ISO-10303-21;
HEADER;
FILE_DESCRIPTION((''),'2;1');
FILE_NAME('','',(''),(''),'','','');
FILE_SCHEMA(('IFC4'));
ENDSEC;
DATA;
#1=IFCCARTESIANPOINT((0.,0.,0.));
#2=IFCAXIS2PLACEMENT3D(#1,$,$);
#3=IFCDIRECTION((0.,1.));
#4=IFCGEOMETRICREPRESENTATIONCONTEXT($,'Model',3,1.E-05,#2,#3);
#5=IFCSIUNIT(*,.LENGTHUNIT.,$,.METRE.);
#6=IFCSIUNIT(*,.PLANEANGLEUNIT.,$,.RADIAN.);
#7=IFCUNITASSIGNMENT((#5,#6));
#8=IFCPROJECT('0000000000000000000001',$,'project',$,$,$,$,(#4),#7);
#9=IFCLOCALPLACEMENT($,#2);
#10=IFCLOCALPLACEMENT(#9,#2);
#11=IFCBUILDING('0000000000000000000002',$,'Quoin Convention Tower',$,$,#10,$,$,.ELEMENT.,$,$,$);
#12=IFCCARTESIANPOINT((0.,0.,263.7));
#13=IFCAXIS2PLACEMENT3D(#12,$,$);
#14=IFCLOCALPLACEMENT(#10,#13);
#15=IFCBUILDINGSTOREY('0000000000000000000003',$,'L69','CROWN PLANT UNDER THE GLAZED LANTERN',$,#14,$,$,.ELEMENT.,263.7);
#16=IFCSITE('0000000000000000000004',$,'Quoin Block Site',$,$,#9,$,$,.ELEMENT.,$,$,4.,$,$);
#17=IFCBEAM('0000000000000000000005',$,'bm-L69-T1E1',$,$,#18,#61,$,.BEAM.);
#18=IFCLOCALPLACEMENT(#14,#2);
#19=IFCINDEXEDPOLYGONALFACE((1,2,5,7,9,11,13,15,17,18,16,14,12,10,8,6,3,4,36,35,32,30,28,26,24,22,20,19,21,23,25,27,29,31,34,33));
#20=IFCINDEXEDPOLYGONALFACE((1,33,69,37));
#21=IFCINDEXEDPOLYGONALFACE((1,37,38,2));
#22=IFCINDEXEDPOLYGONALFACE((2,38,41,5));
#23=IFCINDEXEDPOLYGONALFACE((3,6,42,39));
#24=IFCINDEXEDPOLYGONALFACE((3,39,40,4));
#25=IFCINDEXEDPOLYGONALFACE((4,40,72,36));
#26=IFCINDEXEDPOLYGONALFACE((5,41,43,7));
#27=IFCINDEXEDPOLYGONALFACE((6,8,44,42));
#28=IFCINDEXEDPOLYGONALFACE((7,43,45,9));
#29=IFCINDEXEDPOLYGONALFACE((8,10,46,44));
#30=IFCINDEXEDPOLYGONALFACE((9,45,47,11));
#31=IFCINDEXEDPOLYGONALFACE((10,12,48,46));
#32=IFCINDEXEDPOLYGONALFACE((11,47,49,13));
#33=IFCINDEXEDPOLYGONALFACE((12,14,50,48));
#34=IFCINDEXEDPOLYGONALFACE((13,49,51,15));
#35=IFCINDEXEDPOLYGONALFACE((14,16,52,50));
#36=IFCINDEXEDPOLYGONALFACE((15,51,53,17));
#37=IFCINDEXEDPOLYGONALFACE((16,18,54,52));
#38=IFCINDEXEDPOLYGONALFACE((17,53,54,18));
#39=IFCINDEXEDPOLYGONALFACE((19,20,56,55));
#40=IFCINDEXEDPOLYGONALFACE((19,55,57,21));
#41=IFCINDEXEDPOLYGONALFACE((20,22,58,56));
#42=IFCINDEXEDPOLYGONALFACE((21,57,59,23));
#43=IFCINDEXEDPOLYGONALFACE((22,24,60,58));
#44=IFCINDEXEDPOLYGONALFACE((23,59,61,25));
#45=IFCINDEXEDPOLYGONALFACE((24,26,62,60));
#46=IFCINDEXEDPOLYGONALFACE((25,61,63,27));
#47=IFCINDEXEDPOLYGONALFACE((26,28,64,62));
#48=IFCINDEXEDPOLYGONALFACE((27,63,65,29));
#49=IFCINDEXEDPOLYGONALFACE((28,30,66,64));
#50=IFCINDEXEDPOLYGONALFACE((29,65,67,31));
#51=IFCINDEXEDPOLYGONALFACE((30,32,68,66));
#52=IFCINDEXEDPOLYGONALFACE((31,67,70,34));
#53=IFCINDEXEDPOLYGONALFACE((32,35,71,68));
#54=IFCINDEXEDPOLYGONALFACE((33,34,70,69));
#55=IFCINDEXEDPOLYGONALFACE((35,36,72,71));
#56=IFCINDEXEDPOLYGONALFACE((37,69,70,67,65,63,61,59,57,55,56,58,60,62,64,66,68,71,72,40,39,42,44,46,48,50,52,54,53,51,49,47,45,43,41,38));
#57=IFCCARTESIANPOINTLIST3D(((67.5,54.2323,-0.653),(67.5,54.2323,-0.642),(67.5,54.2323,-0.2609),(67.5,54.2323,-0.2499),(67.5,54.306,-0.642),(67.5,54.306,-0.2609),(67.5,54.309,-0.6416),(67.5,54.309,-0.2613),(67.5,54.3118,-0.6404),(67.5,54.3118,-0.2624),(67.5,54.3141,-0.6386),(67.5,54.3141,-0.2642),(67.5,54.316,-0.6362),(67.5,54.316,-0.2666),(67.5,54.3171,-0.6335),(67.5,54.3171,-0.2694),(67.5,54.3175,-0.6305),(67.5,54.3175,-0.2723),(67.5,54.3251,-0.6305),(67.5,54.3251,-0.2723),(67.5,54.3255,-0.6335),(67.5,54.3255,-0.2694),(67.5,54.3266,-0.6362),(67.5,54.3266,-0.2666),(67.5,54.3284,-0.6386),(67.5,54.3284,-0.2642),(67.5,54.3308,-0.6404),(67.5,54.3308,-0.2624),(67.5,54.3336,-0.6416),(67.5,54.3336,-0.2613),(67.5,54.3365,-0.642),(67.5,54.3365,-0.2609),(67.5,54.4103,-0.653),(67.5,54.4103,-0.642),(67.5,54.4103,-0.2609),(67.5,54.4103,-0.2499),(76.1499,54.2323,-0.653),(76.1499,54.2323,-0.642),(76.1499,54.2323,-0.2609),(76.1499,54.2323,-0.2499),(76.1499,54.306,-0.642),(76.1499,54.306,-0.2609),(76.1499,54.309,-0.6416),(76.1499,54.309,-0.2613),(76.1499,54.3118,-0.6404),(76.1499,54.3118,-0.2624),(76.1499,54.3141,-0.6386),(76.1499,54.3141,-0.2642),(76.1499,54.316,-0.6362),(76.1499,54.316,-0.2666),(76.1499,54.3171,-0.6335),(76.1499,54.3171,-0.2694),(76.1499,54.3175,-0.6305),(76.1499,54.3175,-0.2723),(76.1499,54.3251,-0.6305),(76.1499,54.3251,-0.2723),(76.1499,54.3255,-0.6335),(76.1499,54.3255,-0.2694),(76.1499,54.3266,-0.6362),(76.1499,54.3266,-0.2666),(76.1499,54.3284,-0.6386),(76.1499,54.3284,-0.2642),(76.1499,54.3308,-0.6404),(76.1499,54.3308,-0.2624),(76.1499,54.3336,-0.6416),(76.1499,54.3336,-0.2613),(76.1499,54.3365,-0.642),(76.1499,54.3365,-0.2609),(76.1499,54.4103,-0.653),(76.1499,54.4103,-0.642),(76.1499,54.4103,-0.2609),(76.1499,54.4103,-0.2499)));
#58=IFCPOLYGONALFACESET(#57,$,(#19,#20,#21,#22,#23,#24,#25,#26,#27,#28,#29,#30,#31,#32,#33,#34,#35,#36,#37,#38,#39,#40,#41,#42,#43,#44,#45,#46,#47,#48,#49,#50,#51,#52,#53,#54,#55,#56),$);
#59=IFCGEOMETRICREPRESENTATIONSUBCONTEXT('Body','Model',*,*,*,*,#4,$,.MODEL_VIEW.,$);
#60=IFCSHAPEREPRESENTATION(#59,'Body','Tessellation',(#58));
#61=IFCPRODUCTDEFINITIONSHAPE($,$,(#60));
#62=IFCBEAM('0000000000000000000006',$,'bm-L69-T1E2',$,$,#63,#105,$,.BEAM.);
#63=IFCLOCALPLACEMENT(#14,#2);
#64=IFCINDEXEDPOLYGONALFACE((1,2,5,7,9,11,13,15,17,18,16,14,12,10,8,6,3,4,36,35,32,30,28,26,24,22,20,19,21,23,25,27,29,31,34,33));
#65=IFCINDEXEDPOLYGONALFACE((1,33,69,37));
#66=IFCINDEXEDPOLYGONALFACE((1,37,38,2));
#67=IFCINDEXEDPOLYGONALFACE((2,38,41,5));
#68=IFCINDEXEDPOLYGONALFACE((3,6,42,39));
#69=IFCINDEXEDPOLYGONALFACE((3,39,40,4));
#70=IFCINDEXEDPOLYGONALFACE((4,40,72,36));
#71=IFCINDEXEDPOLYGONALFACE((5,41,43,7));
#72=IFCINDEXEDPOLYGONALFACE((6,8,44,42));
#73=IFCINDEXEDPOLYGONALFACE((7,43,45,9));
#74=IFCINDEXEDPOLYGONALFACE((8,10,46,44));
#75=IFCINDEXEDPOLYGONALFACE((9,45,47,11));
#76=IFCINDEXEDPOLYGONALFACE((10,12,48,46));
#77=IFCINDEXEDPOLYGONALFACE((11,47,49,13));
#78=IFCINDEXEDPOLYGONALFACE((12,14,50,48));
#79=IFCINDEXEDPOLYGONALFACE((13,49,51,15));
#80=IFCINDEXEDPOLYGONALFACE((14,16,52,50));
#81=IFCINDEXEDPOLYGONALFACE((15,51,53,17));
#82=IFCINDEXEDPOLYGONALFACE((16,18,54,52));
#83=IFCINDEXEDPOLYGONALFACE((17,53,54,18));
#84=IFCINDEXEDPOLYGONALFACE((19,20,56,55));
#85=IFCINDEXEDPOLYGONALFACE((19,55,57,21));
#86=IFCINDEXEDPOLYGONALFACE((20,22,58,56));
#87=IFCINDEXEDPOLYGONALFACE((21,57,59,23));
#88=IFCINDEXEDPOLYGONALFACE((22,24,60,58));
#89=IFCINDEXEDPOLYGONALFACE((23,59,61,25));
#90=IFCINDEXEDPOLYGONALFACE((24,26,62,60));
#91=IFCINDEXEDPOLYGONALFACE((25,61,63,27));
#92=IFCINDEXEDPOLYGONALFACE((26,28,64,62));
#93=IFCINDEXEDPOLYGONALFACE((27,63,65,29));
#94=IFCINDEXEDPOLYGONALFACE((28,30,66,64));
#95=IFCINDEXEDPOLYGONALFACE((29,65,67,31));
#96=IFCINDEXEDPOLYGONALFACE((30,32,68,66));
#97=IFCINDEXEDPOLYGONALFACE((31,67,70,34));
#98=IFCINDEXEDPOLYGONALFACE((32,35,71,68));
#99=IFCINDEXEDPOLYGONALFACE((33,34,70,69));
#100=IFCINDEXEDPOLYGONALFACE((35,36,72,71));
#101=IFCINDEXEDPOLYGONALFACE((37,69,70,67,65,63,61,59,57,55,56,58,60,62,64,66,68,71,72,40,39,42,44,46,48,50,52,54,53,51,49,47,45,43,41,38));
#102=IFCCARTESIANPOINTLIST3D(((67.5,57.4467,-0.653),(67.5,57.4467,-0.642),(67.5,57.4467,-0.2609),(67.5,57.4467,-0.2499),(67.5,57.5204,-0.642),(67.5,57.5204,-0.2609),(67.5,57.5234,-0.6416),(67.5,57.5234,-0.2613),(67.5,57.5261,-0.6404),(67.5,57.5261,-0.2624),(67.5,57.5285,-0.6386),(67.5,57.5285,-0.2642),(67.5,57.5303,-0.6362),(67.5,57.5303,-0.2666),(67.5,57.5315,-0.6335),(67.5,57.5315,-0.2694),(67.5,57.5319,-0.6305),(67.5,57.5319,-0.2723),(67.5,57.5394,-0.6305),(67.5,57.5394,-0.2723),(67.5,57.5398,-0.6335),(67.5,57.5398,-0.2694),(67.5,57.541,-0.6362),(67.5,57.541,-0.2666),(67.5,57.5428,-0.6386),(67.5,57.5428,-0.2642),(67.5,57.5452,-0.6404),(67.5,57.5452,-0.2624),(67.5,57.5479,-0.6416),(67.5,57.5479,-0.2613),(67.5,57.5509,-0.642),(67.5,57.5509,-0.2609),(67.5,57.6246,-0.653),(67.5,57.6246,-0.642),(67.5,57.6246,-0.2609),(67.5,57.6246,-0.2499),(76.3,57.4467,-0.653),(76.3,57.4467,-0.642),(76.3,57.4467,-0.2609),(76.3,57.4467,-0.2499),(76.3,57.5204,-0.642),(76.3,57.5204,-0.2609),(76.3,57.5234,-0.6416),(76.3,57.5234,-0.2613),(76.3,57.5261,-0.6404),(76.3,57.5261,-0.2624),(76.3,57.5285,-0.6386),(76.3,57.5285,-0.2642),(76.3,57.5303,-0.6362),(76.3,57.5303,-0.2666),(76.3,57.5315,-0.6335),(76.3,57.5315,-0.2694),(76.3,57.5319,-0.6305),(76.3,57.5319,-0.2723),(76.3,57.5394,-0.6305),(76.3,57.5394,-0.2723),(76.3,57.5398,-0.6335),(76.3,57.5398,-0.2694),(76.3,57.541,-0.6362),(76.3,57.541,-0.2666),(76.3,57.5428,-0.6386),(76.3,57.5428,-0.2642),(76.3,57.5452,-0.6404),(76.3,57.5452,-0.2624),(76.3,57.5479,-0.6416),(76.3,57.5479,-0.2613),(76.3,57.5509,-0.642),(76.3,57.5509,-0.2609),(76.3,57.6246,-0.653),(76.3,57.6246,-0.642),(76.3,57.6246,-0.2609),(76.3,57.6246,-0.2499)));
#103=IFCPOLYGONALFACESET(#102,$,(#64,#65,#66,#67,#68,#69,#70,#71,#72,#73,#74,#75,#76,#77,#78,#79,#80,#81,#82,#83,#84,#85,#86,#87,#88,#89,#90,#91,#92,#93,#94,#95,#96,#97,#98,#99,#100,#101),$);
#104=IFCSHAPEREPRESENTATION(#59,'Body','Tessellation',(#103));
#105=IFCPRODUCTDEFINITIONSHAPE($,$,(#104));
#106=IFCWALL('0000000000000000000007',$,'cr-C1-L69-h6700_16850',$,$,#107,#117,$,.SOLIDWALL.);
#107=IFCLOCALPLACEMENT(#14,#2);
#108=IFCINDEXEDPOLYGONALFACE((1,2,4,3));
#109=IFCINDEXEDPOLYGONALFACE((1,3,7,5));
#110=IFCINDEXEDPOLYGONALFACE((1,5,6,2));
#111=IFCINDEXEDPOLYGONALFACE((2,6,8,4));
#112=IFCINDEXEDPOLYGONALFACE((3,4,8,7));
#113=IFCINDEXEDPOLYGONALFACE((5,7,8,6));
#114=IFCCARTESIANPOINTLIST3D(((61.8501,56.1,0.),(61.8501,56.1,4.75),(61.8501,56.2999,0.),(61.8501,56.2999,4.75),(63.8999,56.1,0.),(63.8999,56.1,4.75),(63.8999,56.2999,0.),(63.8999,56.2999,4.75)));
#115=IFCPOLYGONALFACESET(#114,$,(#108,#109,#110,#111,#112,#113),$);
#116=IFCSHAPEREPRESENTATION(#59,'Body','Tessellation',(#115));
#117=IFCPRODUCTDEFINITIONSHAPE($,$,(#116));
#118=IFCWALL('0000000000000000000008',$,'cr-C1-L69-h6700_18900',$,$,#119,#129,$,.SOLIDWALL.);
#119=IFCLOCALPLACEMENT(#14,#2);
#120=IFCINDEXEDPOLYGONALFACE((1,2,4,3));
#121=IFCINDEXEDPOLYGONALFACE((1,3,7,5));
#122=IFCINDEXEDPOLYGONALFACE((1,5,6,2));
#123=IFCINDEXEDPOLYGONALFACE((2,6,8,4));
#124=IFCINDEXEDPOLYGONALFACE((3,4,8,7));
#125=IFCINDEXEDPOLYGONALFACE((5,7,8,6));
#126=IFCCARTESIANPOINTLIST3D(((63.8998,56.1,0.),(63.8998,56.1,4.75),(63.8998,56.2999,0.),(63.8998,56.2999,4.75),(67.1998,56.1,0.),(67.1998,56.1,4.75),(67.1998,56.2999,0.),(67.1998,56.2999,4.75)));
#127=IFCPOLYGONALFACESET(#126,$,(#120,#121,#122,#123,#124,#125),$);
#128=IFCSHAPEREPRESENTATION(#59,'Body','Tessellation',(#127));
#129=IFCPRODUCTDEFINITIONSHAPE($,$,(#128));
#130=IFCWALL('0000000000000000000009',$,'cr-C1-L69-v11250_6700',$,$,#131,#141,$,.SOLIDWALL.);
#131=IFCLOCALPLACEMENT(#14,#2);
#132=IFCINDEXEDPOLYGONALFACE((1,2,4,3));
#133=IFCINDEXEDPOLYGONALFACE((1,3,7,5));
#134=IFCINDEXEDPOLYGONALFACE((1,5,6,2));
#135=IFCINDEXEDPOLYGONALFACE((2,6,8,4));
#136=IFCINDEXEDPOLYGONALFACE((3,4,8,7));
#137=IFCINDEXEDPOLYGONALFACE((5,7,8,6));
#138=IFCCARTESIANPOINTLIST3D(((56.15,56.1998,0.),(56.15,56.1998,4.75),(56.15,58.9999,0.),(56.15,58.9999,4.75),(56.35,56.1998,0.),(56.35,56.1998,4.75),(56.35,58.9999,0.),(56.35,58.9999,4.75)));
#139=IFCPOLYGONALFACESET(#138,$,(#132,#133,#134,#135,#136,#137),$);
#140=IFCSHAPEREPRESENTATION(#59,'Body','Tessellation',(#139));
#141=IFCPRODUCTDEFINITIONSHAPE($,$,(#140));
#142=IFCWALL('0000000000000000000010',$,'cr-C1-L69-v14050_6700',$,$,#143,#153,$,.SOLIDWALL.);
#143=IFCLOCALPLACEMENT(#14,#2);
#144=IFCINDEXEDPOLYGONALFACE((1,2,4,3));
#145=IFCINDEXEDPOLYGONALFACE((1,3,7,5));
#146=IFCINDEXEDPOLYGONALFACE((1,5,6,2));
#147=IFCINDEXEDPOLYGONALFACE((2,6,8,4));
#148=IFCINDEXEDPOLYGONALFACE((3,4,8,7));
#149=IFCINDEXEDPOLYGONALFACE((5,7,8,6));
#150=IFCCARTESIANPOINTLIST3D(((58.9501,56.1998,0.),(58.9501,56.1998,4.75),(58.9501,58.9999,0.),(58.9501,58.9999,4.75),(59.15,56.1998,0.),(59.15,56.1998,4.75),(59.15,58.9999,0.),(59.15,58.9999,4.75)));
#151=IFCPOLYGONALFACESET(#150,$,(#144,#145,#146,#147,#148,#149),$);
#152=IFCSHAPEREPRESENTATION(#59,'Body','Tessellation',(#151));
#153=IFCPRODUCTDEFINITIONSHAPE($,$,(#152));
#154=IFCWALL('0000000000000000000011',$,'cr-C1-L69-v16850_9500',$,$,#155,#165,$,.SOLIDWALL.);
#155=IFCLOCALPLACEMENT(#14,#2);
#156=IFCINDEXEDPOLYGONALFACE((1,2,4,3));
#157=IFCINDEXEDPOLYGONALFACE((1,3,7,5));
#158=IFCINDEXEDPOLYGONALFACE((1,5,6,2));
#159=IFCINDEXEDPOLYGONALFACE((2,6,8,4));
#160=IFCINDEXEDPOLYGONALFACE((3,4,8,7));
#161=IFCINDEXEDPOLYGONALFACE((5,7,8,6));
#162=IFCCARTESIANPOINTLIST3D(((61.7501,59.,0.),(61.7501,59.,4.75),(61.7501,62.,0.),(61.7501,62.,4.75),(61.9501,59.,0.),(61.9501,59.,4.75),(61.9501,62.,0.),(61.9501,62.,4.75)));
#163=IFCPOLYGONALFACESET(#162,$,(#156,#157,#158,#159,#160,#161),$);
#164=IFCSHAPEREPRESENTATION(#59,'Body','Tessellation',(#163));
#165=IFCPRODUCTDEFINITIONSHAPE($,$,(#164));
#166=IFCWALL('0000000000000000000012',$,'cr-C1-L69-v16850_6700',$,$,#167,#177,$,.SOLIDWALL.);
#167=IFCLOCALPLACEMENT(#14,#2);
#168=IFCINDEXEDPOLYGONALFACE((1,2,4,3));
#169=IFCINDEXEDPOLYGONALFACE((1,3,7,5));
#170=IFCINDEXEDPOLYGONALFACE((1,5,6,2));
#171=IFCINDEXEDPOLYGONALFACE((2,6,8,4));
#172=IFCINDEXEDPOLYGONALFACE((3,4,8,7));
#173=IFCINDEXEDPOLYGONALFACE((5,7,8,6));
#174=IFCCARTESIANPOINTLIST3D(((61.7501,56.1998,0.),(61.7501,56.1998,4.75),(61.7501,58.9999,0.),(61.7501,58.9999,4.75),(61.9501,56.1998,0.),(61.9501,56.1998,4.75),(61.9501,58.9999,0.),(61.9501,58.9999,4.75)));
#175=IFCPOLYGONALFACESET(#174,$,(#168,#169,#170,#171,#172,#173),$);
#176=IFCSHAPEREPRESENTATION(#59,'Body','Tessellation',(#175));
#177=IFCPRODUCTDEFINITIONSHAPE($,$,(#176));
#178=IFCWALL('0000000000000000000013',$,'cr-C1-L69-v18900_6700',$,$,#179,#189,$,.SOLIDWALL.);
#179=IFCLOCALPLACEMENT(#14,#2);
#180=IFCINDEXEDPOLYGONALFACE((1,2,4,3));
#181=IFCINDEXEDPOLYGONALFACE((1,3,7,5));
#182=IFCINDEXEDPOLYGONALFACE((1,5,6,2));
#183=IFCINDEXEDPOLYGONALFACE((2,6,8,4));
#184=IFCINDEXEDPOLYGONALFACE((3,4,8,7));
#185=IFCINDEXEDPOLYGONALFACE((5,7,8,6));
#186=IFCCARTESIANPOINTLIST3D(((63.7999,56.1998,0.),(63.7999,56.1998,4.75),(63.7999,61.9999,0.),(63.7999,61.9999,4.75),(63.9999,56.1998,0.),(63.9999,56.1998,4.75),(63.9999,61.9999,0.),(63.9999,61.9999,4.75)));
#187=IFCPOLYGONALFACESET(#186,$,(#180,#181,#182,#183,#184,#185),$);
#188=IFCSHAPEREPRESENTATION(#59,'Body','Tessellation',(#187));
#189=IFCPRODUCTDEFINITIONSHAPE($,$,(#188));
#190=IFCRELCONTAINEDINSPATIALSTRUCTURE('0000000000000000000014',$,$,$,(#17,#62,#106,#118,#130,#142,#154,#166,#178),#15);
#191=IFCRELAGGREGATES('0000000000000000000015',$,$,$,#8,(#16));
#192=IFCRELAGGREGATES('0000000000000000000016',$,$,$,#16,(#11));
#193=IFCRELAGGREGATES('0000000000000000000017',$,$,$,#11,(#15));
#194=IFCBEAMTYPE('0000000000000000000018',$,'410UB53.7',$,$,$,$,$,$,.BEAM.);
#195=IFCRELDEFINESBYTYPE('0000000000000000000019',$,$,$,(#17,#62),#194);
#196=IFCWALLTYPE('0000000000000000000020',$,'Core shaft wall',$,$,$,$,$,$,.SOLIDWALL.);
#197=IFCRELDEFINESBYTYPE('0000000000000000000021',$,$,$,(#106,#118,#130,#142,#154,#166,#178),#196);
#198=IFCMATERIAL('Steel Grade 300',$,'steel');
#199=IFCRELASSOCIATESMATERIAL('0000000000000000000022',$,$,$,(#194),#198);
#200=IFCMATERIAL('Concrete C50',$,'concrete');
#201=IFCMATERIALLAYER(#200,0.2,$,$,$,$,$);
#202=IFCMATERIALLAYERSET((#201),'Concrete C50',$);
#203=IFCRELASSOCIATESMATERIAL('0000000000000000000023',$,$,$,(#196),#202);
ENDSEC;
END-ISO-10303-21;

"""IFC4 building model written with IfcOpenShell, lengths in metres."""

from ifc_helpers import new_model, si_unit, direction, frame, frame_2d, origin, origin_2d, place, context, subcontext, project, spatial, rectangle, i_section, extrude, material, layer, layer_set, material_profile, profile_set, type_object, element, save


model = new_model("IFC4")

# Units and contexts
model_context = context("Model", 3, precision=1e-05, world=origin(), true_north=direction((0.0, 1.0)))
body_context = subcontext(model_context, "Body", "Model", "MODEL_VIEW")
ifc_project = project(units=[si_unit("LENGTHUNIT", "METRE"), si_unit("PLANEANGLEUNIT", "RADIAN")], contexts=[model_context])

# Site, building, storey
site_placement = place(None, origin())
site = spatial("IfcSite", under=ifc_project, at=site_placement, Name="Quoin Block Site", CompositionType="ELEMENT", RefElevation=4.0)
building_placement = place(site_placement, origin())
building = spatial("IfcBuilding", under=site, at=building_placement, Name="Quoin Convention Tower", CompositionType="ELEMENT")
storey_placement = place(building_placement, frame((0.0, 0.0, 263.7)))
storey = spatial("IfcBuildingStorey", under=building, at=storey_placement, Name="L69", Description="CROWN PLANT UNDER THE GLAZED LANTERN", CompositionType="ELEMENT", Elevation=263.7)

# Beams
ifc_material_1 = material(Name="Steel Grade 300", Category="steel")
ifc_material_profile = material_profile(ifc_material_1, i_section(OverallWidth=0.178, OverallDepth=0.4031, WebThickness=0.0076, FlangeThickness=0.011, FilletRadius=0.0115, at=origin_2d()), Name="410UB53.7")
ifc_profile_set = profile_set([ifc_material_profile], Name="Steel Grade 300")
beam_type = type_object("IfcBeamType", Name="410UB53.7", PredefinedType="BEAM", material=ifc_profile_set)
beam_1_placement = place(storey_placement, frame((67.5, 54.3213, -0.4514), z_axis=(1.0, 0.0, 0.0), x_axis=(0.0, 1.0, 0.0)))
element("IfcBeam", 1, at=beam_1_placement, inside=storey, type_object=beam_type, Name="bm-L69-T1E1", PredefinedType="BEAM", context=body_context, shape_type="SweptSolid", body=[
    extrude(i_section(OverallWidth=0.178, OverallDepth=0.4031, WebThickness=0.0076, FlangeThickness=0.011, FilletRadius=0.0115, at=origin_2d()), origin(), (0.0, 0.0, 1.0), 8.6499),
])
beam_2_placement = place(storey_placement, frame((67.5, 57.5356, -0.4514), z_axis=(1.0, 0.0, 0.0), x_axis=(0.0, 1.0, 0.0)))
element("IfcBeam", 2, at=beam_2_placement, inside=storey, type_object=beam_type, Name="bm-L69-T1E2", PredefinedType="BEAM", context=body_context, shape_type="SweptSolid", body=[
    extrude(i_section(OverallWidth=0.178, OverallDepth=0.4031, WebThickness=0.0076, FlangeThickness=0.011, FilletRadius=0.0115, at=origin_2d()), origin(), (0.0, 0.0, 1.0), 8.8),
])

# Walls
ifc_material_2 = material(Name="Concrete C50", Category="concrete")
ifc_layer = layer(ifc_material_2, 0.2)
ifc_layer_set = layer_set([ifc_layer], Name="Concrete C50")
wall_type = type_object("IfcWallType", Name="Core shaft wall", PredefinedType="SOLIDWALL", material=ifc_layer_set)
wall_1_placement = place(storey_placement, frame((61.8501, 56.2, 0.0), z_axis=(0.0, 0.0, 1.0), x_axis=(1.0, 0.0, 0.0)))
element("IfcWall", 3, at=wall_1_placement, inside=storey, type_object=wall_type, Name="cr-C1-L69-h6700_16850", PredefinedType="SOLIDWALL", context=body_context, shape_type="SweptSolid", body=[
    extrude(rectangle(XDim=2.0498, YDim=0.2, at=frame_2d((1.0249, 0.0))), origin(), (0.0, 0.0, 1.0), 4.75),
])
wall_2_placement = place(storey_placement, frame((63.8999, 56.2, 0.0), z_axis=(0.0, 0.0, 1.0), x_axis=(1.0, 0.0, 0.0)))
element("IfcWall", 4, at=wall_2_placement, inside=storey, type_object=wall_type, Name="cr-C1-L69-h6700_18900", PredefinedType="SOLIDWALL", context=body_context, shape_type="SweptSolid", body=[
    extrude(rectangle(XDim=3.3, YDim=0.2, at=frame_2d((1.6499, 0.0))), origin(), (0.0, 0.0, 1.0), 4.75),
])
for number, where, z_axis, x_axis, name in (
    (5, (56.25, 56.2, 0.0), (0.0, 0.0, 1.0), (0.0, 1.0, 0.0), "cr-C1-L69-v11250_6700"),
    (6, (59.05, 56.2, 0.0), (0.0, 0.0, 1.0), (0.0, 1.0, 0.0), "cr-C1-L69-v14050_6700"),
):
    element("IfcWall", number, at=place(storey_placement, frame(where, z_axis=z_axis, x_axis=x_axis)), inside=storey, type_object=wall_type, Name=name, PredefinedType="SOLIDWALL", context=body_context, shape_type="SweptSolid", body=[
        extrude(rectangle(XDim=2.8, YDim=0.2, at=frame_2d((1.3999, 0.0))), origin(), (0.0, 0.0, 1.0), 4.75),
    ])
wall_3_placement = place(storey_placement, frame((61.8501, 59.0, 0.0), z_axis=(0.0, 0.0, 1.0), x_axis=(0.0, 1.0, 0.0)))
element("IfcWall", 7, at=wall_3_placement, inside=storey, type_object=wall_type, Name="cr-C1-L69-v16850_9500", PredefinedType="SOLIDWALL", context=body_context, shape_type="SweptSolid", body=[
    extrude(rectangle(XDim=3.0, YDim=0.2, at=frame_2d((1.5, 0.0))), origin(), (0.0, 0.0, 1.0), 4.75),
])
wall_4_placement = place(storey_placement, frame((61.8501, 56.2, 0.0), z_axis=(0.0, 0.0, 1.0), x_axis=(0.0, 1.0, 0.0)))
element("IfcWall", 8, at=wall_4_placement, inside=storey, type_object=wall_type, Name="cr-C1-L69-v16850_6700", PredefinedType="SOLIDWALL", context=body_context, shape_type="SweptSolid", body=[
    extrude(rectangle(XDim=2.8, YDim=0.2, at=frame_2d((1.3999, 0.0))), origin(), (0.0, 0.0, 1.0), 4.75),
])
wall_5_placement = place(storey_placement, frame((63.8999, 56.2, 0.0), z_axis=(0.0, 0.0, 1.0), x_axis=(0.0, 1.0, 0.0)))
element("IfcWall", 9, at=wall_5_placement, inside=storey, type_object=wall_type, Name="cr-C1-L69-v18900_6700", PredefinedType="SOLIDWALL", context=body_context, shape_type="SweptSolid", body=[
    extrude(rectangle(XDim=5.8, YDim=0.2, at=frame_2d((2.8999, 0.0))), origin(), (0.0, 0.0, 1.0), 4.75),
])

save(model, "model.ifc")
